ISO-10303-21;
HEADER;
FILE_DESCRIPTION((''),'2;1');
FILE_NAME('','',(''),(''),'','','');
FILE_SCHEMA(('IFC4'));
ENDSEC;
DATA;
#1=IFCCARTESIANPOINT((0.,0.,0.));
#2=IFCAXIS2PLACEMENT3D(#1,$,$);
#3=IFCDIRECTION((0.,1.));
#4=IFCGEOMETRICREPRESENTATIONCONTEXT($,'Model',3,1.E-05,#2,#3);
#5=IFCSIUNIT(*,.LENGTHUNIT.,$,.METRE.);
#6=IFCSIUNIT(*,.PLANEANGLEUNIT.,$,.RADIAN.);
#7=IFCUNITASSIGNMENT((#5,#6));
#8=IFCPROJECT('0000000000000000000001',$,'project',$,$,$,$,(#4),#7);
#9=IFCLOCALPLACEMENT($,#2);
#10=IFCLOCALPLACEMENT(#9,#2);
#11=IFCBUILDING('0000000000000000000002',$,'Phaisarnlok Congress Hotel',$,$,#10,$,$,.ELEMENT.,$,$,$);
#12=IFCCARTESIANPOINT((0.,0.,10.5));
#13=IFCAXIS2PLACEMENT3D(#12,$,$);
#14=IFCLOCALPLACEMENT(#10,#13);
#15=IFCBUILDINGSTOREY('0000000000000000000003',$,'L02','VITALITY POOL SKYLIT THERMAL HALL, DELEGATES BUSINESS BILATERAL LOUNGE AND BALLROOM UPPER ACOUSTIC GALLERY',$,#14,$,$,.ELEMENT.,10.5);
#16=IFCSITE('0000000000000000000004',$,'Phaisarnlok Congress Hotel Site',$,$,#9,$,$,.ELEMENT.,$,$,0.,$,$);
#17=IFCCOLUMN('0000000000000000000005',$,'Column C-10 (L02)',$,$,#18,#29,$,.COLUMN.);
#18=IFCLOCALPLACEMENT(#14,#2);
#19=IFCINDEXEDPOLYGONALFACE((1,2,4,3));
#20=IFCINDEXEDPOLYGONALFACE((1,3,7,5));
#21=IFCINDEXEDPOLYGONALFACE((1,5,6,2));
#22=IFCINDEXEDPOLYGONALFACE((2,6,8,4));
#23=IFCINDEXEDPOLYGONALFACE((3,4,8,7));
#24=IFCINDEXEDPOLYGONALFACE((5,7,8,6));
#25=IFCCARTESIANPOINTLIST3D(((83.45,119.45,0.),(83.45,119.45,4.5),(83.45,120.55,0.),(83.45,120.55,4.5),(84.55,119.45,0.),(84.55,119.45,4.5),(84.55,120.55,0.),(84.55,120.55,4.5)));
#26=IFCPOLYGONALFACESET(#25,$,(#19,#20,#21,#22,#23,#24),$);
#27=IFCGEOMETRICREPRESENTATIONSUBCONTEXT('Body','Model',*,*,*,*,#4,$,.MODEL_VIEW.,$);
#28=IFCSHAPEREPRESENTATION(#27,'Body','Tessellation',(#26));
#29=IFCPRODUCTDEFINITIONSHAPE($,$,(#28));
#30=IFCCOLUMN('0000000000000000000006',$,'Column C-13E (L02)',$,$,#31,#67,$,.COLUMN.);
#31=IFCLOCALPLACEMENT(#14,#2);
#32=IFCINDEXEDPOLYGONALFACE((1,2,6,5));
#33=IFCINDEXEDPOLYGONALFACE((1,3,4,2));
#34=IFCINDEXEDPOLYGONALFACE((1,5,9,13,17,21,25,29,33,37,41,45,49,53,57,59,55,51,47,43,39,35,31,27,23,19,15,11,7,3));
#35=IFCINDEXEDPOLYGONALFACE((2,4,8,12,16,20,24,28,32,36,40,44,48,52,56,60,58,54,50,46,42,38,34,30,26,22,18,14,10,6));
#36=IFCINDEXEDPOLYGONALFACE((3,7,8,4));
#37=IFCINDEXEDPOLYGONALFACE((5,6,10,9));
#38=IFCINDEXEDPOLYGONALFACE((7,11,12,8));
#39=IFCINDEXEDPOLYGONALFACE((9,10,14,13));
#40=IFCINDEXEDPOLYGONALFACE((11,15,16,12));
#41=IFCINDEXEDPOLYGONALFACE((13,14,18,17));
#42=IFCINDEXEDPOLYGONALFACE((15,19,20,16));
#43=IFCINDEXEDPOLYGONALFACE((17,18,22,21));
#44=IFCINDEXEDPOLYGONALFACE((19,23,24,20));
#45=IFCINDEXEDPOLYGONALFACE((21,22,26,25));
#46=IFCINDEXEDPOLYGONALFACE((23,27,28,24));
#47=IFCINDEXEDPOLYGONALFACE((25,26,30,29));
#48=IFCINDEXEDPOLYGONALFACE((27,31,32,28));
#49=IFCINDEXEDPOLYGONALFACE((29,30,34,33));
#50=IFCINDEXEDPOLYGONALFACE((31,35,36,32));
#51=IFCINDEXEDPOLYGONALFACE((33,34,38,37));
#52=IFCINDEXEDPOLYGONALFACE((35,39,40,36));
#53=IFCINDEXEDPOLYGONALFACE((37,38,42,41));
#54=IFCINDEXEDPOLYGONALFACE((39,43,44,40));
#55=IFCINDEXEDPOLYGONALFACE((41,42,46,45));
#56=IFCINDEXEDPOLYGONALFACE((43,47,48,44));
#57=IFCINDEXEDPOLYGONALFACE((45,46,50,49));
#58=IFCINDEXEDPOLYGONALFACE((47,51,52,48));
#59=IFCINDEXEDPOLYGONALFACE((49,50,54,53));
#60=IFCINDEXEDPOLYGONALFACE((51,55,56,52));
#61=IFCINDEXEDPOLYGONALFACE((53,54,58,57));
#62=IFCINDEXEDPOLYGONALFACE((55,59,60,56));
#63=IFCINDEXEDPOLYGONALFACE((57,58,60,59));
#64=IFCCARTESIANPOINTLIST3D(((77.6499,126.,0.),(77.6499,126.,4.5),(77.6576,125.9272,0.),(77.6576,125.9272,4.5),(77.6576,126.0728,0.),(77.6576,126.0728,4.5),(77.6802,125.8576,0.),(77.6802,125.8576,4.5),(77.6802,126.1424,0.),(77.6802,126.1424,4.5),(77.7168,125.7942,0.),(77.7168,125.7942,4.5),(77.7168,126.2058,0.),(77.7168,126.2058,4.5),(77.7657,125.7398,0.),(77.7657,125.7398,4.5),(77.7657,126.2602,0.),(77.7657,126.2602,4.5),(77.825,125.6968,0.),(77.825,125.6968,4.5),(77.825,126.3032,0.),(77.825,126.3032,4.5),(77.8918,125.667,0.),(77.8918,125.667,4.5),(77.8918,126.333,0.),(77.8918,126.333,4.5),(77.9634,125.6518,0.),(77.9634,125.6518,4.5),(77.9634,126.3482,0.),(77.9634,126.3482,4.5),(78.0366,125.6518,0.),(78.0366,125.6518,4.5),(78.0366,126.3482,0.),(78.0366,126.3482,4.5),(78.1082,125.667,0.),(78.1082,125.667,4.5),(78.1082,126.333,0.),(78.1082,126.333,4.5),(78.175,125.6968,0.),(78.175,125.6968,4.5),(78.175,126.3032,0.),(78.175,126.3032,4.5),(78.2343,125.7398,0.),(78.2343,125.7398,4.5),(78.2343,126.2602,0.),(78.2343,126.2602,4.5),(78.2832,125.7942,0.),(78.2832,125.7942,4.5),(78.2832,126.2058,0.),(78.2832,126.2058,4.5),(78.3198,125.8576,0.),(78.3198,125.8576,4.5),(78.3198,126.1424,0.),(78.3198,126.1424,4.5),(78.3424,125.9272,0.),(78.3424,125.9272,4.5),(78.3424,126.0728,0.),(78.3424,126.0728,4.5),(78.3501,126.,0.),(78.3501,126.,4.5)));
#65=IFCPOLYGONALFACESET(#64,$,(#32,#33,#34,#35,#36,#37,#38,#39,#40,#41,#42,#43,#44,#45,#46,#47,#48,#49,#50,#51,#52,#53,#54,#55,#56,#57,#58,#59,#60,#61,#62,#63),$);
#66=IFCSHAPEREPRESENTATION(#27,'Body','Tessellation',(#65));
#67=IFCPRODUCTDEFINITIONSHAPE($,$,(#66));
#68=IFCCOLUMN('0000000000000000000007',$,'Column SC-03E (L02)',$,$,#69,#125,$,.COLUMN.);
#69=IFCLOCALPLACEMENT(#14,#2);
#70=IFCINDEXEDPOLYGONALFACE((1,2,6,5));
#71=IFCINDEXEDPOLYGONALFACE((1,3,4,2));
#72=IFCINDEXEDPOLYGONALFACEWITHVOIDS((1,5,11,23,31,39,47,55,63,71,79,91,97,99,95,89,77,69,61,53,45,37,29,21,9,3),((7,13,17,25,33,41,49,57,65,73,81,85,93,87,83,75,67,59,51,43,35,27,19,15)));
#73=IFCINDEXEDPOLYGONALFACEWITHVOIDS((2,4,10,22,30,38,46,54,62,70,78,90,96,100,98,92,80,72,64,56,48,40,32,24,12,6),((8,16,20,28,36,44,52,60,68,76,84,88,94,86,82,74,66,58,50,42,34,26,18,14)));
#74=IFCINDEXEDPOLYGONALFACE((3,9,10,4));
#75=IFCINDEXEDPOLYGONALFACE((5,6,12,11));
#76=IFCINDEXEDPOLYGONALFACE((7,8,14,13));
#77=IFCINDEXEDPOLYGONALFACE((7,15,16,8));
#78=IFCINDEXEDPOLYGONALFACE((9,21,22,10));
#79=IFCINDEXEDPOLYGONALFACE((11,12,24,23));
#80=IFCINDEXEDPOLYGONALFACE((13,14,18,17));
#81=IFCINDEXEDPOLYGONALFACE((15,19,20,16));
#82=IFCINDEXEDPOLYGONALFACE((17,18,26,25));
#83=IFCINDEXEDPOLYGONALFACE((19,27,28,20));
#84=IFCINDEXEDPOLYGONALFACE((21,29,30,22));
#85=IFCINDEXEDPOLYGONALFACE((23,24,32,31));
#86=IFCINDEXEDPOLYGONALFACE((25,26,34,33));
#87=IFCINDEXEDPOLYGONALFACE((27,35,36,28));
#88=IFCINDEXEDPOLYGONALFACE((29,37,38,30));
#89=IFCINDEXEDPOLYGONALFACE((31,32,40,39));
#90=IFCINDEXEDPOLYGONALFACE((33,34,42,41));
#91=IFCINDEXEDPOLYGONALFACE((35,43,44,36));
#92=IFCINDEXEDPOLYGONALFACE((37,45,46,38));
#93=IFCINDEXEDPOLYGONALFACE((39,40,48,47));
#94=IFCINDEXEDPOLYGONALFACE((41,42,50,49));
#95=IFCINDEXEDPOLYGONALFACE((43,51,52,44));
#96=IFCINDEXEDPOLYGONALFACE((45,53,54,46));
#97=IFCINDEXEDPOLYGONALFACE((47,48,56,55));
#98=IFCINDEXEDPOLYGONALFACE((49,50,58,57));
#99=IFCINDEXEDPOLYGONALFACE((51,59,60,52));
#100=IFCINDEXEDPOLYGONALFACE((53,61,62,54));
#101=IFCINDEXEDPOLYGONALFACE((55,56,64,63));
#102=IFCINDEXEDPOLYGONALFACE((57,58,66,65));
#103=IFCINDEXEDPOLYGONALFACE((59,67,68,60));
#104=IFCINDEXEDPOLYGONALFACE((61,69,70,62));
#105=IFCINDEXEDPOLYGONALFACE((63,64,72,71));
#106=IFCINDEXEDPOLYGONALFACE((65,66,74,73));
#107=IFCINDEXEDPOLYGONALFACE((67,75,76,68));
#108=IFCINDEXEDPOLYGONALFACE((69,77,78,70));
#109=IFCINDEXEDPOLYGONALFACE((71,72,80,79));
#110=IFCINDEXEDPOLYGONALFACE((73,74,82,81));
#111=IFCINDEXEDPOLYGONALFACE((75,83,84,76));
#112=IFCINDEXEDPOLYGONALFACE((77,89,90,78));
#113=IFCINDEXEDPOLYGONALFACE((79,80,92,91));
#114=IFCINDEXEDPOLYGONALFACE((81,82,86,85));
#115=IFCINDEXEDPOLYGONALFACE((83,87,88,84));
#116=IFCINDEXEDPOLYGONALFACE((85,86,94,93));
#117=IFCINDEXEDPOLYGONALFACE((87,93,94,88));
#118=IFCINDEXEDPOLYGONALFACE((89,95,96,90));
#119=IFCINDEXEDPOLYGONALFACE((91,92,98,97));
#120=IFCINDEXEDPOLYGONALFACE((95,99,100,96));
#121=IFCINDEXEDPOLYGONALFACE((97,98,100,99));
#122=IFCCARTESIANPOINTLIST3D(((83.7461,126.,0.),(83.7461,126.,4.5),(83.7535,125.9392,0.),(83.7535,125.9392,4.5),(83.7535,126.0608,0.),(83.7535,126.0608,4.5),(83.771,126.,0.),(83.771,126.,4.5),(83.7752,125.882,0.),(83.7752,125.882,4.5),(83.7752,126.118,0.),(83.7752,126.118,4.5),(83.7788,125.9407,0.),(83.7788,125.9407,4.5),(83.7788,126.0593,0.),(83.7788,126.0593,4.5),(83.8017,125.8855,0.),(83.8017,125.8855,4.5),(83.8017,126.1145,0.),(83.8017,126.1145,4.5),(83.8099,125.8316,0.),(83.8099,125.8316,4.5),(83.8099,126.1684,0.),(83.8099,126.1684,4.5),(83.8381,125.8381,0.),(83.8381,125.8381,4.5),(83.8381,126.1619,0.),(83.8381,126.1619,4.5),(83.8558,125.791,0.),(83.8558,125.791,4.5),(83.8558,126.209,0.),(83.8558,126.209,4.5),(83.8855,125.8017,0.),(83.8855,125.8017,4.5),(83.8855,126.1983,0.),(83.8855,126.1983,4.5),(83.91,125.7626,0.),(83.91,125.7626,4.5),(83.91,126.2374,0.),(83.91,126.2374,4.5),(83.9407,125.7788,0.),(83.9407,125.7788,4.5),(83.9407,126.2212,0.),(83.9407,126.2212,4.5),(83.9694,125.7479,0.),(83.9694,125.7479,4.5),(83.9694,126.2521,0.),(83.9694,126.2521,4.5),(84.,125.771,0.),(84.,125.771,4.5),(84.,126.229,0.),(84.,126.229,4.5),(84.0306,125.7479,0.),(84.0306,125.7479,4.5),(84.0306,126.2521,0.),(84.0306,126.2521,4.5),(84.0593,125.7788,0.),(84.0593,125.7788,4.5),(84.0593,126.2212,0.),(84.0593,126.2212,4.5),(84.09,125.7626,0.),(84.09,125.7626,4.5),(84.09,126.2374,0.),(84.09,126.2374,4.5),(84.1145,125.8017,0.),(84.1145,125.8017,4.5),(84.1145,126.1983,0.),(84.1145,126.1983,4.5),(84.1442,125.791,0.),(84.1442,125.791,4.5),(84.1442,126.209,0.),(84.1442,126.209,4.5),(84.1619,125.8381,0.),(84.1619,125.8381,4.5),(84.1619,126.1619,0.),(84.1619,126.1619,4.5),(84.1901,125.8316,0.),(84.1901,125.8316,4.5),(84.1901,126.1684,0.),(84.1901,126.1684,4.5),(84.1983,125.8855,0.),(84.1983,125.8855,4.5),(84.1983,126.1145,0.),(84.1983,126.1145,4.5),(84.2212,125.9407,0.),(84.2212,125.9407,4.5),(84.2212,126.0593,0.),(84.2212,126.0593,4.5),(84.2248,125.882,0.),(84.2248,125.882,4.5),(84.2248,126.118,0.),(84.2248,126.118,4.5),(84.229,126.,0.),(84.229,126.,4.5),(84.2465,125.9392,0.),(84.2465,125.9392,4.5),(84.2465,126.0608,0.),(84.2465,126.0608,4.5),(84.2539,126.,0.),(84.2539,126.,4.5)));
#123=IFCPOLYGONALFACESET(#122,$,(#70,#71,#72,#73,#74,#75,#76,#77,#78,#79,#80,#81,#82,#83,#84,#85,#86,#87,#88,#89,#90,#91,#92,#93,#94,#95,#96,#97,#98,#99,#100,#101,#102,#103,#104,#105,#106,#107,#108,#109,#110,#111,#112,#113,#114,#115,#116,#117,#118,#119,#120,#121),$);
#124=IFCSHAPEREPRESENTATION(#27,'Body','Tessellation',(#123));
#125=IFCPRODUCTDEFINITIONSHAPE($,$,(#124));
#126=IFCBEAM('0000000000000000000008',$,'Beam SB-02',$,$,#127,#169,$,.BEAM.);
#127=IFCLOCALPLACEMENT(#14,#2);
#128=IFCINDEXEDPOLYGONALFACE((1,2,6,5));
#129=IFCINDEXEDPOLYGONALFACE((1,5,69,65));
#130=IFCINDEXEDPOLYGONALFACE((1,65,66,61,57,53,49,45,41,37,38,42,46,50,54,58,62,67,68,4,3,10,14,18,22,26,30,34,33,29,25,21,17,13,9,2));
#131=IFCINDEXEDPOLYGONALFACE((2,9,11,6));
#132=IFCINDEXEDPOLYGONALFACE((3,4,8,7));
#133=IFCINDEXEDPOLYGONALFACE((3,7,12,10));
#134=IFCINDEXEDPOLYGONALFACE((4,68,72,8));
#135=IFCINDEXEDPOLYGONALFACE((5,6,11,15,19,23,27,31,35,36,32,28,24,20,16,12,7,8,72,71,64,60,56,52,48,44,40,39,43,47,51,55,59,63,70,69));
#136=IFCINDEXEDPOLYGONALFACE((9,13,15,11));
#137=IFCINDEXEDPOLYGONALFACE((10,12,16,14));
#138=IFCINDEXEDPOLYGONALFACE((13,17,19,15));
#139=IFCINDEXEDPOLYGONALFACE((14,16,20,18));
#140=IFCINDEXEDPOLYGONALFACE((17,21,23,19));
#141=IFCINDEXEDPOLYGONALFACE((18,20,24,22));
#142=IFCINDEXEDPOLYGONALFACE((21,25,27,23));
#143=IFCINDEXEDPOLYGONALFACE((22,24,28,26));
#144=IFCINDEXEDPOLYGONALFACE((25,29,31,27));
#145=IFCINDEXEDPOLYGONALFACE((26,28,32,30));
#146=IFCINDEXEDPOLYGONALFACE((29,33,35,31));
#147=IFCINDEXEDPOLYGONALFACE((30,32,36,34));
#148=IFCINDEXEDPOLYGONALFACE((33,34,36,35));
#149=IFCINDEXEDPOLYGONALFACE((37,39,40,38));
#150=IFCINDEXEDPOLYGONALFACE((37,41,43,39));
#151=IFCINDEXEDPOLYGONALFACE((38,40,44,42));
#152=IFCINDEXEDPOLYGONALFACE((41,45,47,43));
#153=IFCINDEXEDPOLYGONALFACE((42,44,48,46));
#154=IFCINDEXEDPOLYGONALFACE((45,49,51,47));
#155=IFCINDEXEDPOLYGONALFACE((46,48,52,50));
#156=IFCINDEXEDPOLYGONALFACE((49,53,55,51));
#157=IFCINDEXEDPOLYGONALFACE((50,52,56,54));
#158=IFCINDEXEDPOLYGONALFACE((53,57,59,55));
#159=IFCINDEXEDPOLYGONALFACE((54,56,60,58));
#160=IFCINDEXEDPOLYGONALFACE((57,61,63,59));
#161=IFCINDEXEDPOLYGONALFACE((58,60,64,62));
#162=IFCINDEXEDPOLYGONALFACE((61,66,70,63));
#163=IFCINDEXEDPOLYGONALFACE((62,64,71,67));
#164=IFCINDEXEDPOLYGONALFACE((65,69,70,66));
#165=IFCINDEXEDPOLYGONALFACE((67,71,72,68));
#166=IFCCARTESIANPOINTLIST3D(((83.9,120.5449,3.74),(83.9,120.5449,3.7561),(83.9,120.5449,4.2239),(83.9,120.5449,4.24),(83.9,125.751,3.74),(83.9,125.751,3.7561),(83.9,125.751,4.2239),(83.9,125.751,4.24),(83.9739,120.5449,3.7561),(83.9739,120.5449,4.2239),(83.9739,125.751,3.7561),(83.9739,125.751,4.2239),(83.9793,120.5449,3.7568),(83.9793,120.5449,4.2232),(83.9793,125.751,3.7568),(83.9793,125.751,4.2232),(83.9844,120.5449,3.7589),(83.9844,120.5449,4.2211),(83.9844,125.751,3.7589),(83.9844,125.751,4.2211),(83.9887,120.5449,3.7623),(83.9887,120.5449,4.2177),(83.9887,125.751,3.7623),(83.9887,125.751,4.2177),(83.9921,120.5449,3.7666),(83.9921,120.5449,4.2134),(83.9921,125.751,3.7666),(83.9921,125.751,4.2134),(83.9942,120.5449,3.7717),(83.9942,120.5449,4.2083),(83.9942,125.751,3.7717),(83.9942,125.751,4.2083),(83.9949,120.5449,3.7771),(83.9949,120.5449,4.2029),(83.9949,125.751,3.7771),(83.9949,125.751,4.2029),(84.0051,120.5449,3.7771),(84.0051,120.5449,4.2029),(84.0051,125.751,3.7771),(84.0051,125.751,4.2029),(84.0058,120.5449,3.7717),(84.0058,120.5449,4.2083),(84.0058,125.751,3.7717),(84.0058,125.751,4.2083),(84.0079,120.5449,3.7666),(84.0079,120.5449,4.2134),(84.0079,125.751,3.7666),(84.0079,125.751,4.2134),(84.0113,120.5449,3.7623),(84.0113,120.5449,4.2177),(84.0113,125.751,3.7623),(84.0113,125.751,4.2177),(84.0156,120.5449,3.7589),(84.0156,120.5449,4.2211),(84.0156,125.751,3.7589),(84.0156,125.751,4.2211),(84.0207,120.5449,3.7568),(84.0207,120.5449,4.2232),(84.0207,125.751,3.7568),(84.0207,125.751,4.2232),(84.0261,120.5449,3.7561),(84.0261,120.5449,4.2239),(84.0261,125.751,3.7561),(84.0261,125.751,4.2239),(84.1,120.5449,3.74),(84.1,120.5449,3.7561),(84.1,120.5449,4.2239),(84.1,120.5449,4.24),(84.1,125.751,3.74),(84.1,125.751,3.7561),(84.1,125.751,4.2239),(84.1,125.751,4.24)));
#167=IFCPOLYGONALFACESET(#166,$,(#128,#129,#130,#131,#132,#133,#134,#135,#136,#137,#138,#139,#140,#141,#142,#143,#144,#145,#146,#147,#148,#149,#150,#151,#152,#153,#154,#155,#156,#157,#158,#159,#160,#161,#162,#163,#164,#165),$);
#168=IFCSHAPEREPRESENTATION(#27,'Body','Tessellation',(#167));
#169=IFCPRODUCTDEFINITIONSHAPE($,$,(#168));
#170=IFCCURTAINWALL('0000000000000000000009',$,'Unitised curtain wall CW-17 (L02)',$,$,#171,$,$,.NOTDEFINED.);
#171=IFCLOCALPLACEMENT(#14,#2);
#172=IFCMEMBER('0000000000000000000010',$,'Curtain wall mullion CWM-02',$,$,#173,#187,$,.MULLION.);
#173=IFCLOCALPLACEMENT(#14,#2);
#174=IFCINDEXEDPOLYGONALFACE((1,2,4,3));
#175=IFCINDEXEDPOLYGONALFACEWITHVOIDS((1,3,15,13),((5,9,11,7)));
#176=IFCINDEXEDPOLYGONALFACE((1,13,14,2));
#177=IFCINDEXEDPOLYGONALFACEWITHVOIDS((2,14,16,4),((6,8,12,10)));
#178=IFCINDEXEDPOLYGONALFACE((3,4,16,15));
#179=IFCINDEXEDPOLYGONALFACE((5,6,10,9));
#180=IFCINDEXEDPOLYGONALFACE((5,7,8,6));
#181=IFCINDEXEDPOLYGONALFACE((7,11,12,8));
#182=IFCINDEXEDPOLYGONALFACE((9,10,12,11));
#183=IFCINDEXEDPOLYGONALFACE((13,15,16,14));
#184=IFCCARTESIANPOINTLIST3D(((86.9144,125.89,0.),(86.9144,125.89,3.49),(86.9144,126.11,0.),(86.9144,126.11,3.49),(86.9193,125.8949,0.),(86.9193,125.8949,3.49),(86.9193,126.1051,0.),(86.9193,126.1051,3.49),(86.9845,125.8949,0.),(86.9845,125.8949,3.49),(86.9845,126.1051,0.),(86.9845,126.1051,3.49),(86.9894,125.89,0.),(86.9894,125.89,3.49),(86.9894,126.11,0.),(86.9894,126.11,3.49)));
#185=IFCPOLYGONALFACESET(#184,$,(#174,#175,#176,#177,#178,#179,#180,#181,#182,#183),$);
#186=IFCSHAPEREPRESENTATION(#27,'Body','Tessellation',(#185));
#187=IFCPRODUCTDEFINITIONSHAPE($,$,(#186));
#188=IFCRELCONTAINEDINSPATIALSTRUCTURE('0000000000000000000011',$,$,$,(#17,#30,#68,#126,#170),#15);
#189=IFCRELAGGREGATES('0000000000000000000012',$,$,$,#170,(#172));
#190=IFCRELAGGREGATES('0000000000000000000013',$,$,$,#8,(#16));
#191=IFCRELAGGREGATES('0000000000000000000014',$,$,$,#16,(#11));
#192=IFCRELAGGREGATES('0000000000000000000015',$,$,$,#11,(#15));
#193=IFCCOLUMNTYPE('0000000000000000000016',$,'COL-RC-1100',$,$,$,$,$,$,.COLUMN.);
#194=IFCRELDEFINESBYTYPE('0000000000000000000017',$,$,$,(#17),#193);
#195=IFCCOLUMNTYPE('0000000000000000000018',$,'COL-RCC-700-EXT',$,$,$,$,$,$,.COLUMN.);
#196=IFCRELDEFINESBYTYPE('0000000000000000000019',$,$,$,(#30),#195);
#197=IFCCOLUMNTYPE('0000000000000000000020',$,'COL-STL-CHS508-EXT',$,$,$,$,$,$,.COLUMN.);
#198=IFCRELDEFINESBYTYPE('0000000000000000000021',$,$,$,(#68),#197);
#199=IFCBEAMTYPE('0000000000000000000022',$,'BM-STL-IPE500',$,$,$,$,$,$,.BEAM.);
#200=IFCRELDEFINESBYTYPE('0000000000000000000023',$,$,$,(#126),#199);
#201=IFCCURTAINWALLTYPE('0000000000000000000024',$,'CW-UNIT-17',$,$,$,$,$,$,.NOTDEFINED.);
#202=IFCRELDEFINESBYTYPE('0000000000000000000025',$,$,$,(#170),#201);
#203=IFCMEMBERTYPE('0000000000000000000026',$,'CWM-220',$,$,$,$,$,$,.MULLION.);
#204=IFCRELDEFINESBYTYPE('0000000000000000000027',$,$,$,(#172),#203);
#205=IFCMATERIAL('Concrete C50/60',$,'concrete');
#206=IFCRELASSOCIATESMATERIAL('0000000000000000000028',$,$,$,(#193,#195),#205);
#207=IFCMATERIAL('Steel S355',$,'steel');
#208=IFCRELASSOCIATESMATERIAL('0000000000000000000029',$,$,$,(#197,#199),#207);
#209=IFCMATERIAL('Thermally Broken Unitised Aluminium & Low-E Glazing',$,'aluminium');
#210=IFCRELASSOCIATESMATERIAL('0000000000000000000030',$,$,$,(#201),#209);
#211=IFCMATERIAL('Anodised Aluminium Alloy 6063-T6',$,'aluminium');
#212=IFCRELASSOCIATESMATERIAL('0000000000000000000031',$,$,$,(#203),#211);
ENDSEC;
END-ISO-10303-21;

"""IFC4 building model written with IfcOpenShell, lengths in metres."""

from ifc_helpers import new_model, si_unit, direction, frame, origin, origin_2d, place, context, subcontext, project, spatial, rectangle, hollow_rectangle, circle, hollow_circle, i_section, extrude, material, material_profile, profile_set, type_object, element, aggregate, save


model = new_model("IFC4")

# Units and contexts
model_context = context("Model", 3, precision=1e-05, world=origin(), true_north=direction((0.0, 1.0)))
body_context = subcontext(model_context, "Body", "Model", "MODEL_VIEW")
ifc_project = project(units=[si_unit("LENGTHUNIT", "METRE"), si_unit("PLANEANGLEUNIT", "RADIAN")], contexts=[model_context])

# Site, building, storey
site_placement = place(None, origin())
site = spatial("IfcSite", under=ifc_project, at=site_placement, Name="Phaisarnlok Congress Hotel Site", CompositionType="ELEMENT", RefElevation=0.0)
building_placement = place(site_placement, origin())
building = spatial("IfcBuilding", under=site, at=building_placement, Name="Phaisarnlok Congress Hotel", CompositionType="ELEMENT")
storey_placement = place(building_placement, frame((0.0, 0.0, 10.5)))
storey = spatial("IfcBuildingStorey", under=building, at=storey_placement, Name="L02", Description="VITALITY POOL SKYLIT THERMAL HALL, DELEGATES BUSINESS BILATERAL LOUNGE AND BALLROOM UPPER ACOUSTIC GALLERY", CompositionType="ELEMENT", Elevation=10.5)

# Columns
ifc_material_1 = material(Name="Concrete C50/60", Category="concrete")
ifc_material_profile_1 = material_profile(ifc_material_1, rectangle(XDim=1.1001, YDim=1.1001, at=origin_2d()), Name="RC 1100x1100")
ifc_profile_set_1 = profile_set([ifc_material_profile_1], Name="Concrete C50/60")
column_type_1 = type_object("IfcColumnType", Name="COL-RC-1100", PredefinedType="COLUMN", material=ifc_profile_set_1)
column_1_placement = place(storey_placement, frame((84.0, 120.0, 0.0), z_axis=(0.0, 0.0, 1.0), x_axis=(1.0, 0.0, 0.0)))
element("IfcColumn", 1, at=column_1_placement, inside=storey, type_object=column_type_1, Name="Column C-10 (L02)", PredefinedType="COLUMN", context=body_context, shape_type="SweptSolid", body=[
    extrude(rectangle(XDim=1.1001, YDim=1.1001, at=origin_2d()), origin(), (0.0, 0.0, 1.0), 4.5),
])
ifc_material_profile_2 = material_profile(ifc_material_1, circle(Radius=0.3501, at=origin_2d()), Name="RCC D700")
ifc_profile_set_2 = profile_set([ifc_material_profile_2], Name="Concrete C50/60")
column_type_2 = type_object("IfcColumnType", Name="COL-RCC-700-EXT", PredefinedType="COLUMN", material=ifc_profile_set_2)
column_2_placement = place(storey_placement, frame((78.0, 126.0, 0.0), z_axis=(0.0, 0.0, 1.0), x_axis=(1.0, 0.0, 0.0)))
element("IfcColumn", 2, at=column_2_placement, inside=storey, type_object=column_type_2, Name="Column C-13E (L02)", PredefinedType="COLUMN", context=body_context, shape_type="SweptSolid", body=[
    extrude(circle(Radius=0.3501, at=origin_2d()), origin(), (0.0, 0.0, 1.0), 4.5),
])
ifc_material_2 = material(Name="Steel S355", Category="steel")
ifc_material_profile_3 = material_profile(ifc_material_2, hollow_circle(Radius=0.2539, WallThickness=0.0249, at=origin_2d()), Name="CHS 508x25")
ifc_profile_set_3 = profile_set([ifc_material_profile_3], Name="Steel S355")
column_type_3 = type_object("IfcColumnType", Name="COL-STL-CHS508-EXT", PredefinedType="COLUMN", material=ifc_profile_set_3)
column_3_placement = place(storey_placement, frame((84.0, 126.0, 0.0), z_axis=(0.0, 0.0, 1.0), x_axis=(1.0, 0.0, 0.0)))
element("IfcColumn", 3, at=column_3_placement, inside=storey, type_object=column_type_3, Name="Column SC-03E (L02)", PredefinedType="COLUMN", context=body_context, shape_type="SweptSolid", body=[
    extrude(hollow_circle(Radius=0.2539, WallThickness=0.0249, at=origin_2d()), origin(), (0.0, 0.0, 1.0), 4.5),
])

# Beam
ifc_material_profile_4 = material_profile(ifc_material_2, i_section(OverallWidth=0.2, OverallDepth=0.5, WebThickness=0.0103, FlangeThickness=0.0161, FilletRadius=0.021, at=origin_2d()), Name="IPE 500")
ifc_profile_set_4 = profile_set([ifc_material_profile_4], Name="Steel S355")
beam_type_1 = type_object("IfcBeamType", Name="BM-STL-IPE500", PredefinedType="BEAM", material=ifc_profile_set_4)
beam_placement = place(storey_placement, frame((84.0, 120.5449, 3.99), z_axis=(0.0, 1.0, 0.0), x_axis=(-1.0, 0.0, 0.0)))
element("IfcBeam", 4, at=beam_placement, inside=storey, type_object=beam_type_1, Name="Beam SB-02", PredefinedType="BEAM", context=body_context, shape_type="SweptSolid", body=[
    extrude(i_section(OverallWidth=0.2, OverallDepth=0.5, WebThickness=0.0103, FlangeThickness=0.0161, FilletRadius=0.021, at=origin_2d()), origin(), (0.0, 0.0, 1.0), 5.2061),
])

# Curtain wall, member
ifc_material_3 = material(Name="Thermally Broken Unitised Aluminium & Low-E Glazing", Category="aluminium")
curtain_wall_type_1 = type_object("IfcCurtainWallType", Name="CW-UNIT-17", PredefinedType="NOTDEFINED", material=ifc_material_3)
curtain_wall_1_placement = place(storey_placement, origin())
curtain_wall_1 = element("IfcCurtainWall", 5, at=curtain_wall_1_placement, inside=storey, type_object=curtain_wall_type_1, Name="Unitised curtain wall CW-17 (L02)", PredefinedType="NOTDEFINED")
ifc_material_4 = material(Name="Anodised Aluminium Alloy 6063-T6", Category="aluminium")
ifc_material_profile_5 = material_profile(ifc_material_4, hollow_rectangle(XDim=0.075, YDim=0.22, WallThickness=0.0049, at=origin_2d()), Name="ALU-M 75x220x5")
ifc_profile_set_5 = profile_set([ifc_material_profile_5], Name="Anodised Aluminium Alloy 6063-T6")
member_type_1 = type_object("IfcMemberType", Name="CWM-220", PredefinedType="MULLION", material=ifc_profile_set_5)
member_1_placement = place(storey_placement, frame((86.9519, 126.0, 0.0), z_axis=(0.0, 0.0, 1.0), x_axis=(-1.0, 0.0, 0.0)))
member_1 = element("IfcMember", 6, at=member_1_placement, type_object=member_type_1, Name="Curtain wall mullion CWM-02", PredefinedType="MULLION", context=body_context, shape_type="SweptSolid", body=[
    extrude(hollow_rectangle(XDim=0.075, YDim=0.22, WallThickness=0.0049, at=origin_2d()), origin(), (0.0, 0.0, 1.0), 3.49),
])

aggregate(curtain_wall_1, [member_1])

save(model, "model.ifc")
